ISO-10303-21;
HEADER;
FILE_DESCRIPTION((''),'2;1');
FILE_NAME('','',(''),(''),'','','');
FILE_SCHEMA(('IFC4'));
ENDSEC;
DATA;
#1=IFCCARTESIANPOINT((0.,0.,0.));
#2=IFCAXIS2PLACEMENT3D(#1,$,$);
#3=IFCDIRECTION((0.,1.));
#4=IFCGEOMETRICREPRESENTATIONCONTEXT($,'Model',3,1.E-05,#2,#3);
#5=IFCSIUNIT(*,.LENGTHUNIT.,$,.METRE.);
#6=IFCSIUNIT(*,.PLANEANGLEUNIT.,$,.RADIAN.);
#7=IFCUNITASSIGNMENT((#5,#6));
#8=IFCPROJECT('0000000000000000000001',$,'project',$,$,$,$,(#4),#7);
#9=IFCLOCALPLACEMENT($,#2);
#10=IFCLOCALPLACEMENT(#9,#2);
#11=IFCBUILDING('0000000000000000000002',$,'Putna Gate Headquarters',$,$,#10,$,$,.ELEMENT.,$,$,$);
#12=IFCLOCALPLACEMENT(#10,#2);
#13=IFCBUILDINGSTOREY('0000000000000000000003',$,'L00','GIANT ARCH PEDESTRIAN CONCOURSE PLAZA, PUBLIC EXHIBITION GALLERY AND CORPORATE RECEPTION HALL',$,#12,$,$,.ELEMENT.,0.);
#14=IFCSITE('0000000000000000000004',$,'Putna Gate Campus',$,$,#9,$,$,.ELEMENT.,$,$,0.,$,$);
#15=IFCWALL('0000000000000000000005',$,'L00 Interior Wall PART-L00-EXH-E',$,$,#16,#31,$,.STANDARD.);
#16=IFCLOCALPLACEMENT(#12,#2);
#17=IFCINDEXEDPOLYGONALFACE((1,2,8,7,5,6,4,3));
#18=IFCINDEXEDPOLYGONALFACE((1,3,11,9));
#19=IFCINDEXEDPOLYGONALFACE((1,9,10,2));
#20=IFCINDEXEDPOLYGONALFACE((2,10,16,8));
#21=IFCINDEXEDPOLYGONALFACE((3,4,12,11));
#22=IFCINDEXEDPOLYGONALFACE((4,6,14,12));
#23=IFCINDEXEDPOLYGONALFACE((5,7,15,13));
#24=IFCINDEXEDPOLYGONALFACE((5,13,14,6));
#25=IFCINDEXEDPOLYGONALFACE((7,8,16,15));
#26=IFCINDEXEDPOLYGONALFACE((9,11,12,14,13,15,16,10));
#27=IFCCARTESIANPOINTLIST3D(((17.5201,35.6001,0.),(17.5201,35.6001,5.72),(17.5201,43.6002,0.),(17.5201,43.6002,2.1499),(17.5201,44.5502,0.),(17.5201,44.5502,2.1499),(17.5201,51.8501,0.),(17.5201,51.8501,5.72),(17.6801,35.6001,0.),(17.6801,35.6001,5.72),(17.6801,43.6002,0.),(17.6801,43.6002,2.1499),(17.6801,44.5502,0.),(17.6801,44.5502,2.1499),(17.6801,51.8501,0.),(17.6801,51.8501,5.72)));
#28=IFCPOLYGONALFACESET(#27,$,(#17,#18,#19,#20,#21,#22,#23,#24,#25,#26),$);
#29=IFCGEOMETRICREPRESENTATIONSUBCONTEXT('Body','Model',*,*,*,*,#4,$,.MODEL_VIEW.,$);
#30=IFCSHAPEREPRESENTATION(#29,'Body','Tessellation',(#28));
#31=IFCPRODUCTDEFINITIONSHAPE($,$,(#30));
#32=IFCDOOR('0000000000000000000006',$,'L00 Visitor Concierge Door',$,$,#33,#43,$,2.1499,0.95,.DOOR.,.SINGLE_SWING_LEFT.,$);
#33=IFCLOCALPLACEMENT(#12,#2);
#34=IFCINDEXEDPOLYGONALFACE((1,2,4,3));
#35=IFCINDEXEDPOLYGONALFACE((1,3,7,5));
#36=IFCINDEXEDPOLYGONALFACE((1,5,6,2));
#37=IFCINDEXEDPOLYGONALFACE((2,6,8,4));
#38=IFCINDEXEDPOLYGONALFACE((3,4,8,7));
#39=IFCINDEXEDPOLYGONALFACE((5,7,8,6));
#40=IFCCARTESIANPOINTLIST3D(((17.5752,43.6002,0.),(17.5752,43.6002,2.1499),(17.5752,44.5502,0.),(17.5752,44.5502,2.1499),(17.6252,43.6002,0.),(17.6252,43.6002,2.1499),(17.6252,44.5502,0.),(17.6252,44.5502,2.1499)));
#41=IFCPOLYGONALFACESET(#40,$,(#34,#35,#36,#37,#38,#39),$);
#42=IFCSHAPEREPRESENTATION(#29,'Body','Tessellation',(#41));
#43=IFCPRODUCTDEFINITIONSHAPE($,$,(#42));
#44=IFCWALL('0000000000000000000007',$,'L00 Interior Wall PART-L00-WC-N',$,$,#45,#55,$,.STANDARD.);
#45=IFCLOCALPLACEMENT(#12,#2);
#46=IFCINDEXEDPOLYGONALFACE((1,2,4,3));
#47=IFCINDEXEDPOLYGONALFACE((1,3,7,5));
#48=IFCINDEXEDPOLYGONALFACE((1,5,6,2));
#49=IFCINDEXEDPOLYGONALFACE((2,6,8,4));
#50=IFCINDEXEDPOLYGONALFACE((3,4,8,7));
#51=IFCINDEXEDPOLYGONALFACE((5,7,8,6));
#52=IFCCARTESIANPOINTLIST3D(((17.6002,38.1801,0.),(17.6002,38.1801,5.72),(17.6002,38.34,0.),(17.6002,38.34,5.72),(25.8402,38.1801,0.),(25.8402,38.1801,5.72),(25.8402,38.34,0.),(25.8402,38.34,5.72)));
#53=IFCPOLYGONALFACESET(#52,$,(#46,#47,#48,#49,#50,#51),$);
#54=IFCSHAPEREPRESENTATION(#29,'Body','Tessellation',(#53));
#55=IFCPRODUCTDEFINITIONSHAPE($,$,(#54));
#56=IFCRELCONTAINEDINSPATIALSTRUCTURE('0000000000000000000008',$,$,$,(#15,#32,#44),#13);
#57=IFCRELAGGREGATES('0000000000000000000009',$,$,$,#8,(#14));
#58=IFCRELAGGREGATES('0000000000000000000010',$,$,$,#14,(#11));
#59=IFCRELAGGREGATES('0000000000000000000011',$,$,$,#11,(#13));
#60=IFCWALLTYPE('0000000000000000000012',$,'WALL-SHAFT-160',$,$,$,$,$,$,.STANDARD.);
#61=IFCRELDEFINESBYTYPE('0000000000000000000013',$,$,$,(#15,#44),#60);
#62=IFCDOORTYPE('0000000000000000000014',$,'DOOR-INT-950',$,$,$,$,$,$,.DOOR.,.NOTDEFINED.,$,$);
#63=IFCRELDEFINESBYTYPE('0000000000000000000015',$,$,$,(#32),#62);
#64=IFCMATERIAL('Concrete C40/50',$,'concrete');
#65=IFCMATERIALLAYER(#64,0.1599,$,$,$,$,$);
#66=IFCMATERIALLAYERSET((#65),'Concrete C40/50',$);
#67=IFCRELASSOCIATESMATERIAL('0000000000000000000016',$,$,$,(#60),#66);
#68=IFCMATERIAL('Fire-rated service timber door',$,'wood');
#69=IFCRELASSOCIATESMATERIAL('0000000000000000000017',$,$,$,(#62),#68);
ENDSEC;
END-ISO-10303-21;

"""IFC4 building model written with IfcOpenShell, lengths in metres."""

from ifc_helpers import new_model, si_unit, direction, frame, frame_2d, origin, place, context, subcontext, project, spatial, rectangle, extrude, material, layer, layer_set, type_object, element, fill, save


model = new_model("IFC4")

# Units and contexts
model_context = context("Model", 3, precision=1e-05, world=origin(), true_north=direction((0.0, 1.0)))
body_context = subcontext(model_context, "Body", "Model", "MODEL_VIEW")
ifc_project = project(units=[si_unit("LENGTHUNIT", "METRE"), si_unit("PLANEANGLEUNIT", "RADIAN")], contexts=[model_context])

# Site, building, storey
site_placement = place(None, origin())
site = spatial("IfcSite", under=ifc_project, at=site_placement, Name="Putna Gate Campus", CompositionType="ELEMENT", RefElevation=0.0)
building_placement = place(site_placement, origin())
building = spatial("IfcBuilding", under=site, at=building_placement, Name="Putna Gate Headquarters", CompositionType="ELEMENT")
storey_placement = place(building_placement, origin())
storey = spatial("IfcBuildingStorey", under=building, at=storey_placement, Name="L00", Description="GIANT ARCH PEDESTRIAN CONCOURSE PLAZA, PUBLIC EXHIBITION GALLERY AND CORPORATE RECEPTION HALL", CompositionType="ELEMENT", Elevation=0.0)

# Wall, opening, door
ifc_material_1 = material(Name="Concrete C40/50", Category="concrete")
ifc_layer_1 = layer(ifc_material_1, 0.1599)
ifc_layer_set_1 = layer_set([ifc_layer_1], Name="Concrete C40/50")
wall_type_1 = type_object("IfcWallType", Name="WALL-SHAFT-160", PredefinedType="STANDARD", material=ifc_layer_set_1)
wall_1_placement = place(storey_placement, frame((17.6001, 35.6001, 0.0), z_axis=(0.0, 0.0, 1.0), x_axis=(0.0, 1.0, 0.0)))
wall_1 = element("IfcWall", 1, at=wall_1_placement, inside=storey, type_object=wall_type_1, Name="L00 Interior Wall PART-L00-EXH-E", PredefinedType="STANDARD", context=body_context, shape_type="SweptSolid", body=[
    extrude(rectangle(XDim=16.25, YDim=0.1599, at=frame_2d((8.125, 0.0))), origin(), (0.0, 0.0, 1.0), 5.72),
])
opening_1_placement = place(wall_1_placement, frame((8.0, 0.0, 0.0)))
opening_1 = element("IfcOpeningElement", 2, at=opening_1_placement, cuts=wall_1, PredefinedType="OPENING", context=body_context, shape_type="SweptSolid", body=[
    extrude(rectangle(XDim=0.95, YDim=2.1499, at=frame_2d((0.4751, 1.075))), frame((0.0, 0.0898, 0.0), z_axis=(0.0, -1.0, 0.0), x_axis=(1.0, 0.0, 0.0)), (0.0, 0.0, 1.0), 0.1799),
])
ifc_material_2 = material(Name="Fire-rated service timber door", Category="wood")
door_type_1 = type_object("IfcDoorType", Name="DOOR-INT-950", OperationType="NOTDEFINED", PredefinedType="DOOR", material=ifc_material_2)
door_1_placement = place(opening_1_placement, origin())
door_1 = element("IfcDoor", 3, at=door_1_placement, inside=storey, type_object=door_type_1, Name="L00 Visitor Concierge Door", OperationType="SINGLE_SWING_LEFT", OverallHeight=2.1499, OverallWidth=0.95, PredefinedType="DOOR", context=body_context, shape_type="SweptSolid", body=[
    extrude(rectangle(XDim=0.95, YDim=2.1499, at=frame_2d((0.4751, 1.075))), frame((0.0, 0.0249, 0.0), z_axis=(0.0, -1.0, 0.0), x_axis=(1.0, 0.0, 0.0)), (0.0, 0.0, 1.0), 0.05),
])
fill(opening_1, door_1)

# Wall
wall_2_placement = place(storey_placement, frame((17.6001, 38.26, 0.0), z_axis=(0.0, 0.0, 1.0), x_axis=(1.0, 0.0, 0.0)))
element("IfcWall", 4, at=wall_2_placement, inside=storey, type_object=wall_type_1, Name="L00 Interior Wall PART-L00-WC-N", PredefinedType="STANDARD", context=body_context, shape_type="SweptSolid", body=[
    extrude(rectangle(XDim=8.24, YDim=0.1599, at=frame_2d((4.1201, 0.0))), origin(), (0.0, 0.0, 1.0), 5.72),
])

save(model, "model.ifc")
